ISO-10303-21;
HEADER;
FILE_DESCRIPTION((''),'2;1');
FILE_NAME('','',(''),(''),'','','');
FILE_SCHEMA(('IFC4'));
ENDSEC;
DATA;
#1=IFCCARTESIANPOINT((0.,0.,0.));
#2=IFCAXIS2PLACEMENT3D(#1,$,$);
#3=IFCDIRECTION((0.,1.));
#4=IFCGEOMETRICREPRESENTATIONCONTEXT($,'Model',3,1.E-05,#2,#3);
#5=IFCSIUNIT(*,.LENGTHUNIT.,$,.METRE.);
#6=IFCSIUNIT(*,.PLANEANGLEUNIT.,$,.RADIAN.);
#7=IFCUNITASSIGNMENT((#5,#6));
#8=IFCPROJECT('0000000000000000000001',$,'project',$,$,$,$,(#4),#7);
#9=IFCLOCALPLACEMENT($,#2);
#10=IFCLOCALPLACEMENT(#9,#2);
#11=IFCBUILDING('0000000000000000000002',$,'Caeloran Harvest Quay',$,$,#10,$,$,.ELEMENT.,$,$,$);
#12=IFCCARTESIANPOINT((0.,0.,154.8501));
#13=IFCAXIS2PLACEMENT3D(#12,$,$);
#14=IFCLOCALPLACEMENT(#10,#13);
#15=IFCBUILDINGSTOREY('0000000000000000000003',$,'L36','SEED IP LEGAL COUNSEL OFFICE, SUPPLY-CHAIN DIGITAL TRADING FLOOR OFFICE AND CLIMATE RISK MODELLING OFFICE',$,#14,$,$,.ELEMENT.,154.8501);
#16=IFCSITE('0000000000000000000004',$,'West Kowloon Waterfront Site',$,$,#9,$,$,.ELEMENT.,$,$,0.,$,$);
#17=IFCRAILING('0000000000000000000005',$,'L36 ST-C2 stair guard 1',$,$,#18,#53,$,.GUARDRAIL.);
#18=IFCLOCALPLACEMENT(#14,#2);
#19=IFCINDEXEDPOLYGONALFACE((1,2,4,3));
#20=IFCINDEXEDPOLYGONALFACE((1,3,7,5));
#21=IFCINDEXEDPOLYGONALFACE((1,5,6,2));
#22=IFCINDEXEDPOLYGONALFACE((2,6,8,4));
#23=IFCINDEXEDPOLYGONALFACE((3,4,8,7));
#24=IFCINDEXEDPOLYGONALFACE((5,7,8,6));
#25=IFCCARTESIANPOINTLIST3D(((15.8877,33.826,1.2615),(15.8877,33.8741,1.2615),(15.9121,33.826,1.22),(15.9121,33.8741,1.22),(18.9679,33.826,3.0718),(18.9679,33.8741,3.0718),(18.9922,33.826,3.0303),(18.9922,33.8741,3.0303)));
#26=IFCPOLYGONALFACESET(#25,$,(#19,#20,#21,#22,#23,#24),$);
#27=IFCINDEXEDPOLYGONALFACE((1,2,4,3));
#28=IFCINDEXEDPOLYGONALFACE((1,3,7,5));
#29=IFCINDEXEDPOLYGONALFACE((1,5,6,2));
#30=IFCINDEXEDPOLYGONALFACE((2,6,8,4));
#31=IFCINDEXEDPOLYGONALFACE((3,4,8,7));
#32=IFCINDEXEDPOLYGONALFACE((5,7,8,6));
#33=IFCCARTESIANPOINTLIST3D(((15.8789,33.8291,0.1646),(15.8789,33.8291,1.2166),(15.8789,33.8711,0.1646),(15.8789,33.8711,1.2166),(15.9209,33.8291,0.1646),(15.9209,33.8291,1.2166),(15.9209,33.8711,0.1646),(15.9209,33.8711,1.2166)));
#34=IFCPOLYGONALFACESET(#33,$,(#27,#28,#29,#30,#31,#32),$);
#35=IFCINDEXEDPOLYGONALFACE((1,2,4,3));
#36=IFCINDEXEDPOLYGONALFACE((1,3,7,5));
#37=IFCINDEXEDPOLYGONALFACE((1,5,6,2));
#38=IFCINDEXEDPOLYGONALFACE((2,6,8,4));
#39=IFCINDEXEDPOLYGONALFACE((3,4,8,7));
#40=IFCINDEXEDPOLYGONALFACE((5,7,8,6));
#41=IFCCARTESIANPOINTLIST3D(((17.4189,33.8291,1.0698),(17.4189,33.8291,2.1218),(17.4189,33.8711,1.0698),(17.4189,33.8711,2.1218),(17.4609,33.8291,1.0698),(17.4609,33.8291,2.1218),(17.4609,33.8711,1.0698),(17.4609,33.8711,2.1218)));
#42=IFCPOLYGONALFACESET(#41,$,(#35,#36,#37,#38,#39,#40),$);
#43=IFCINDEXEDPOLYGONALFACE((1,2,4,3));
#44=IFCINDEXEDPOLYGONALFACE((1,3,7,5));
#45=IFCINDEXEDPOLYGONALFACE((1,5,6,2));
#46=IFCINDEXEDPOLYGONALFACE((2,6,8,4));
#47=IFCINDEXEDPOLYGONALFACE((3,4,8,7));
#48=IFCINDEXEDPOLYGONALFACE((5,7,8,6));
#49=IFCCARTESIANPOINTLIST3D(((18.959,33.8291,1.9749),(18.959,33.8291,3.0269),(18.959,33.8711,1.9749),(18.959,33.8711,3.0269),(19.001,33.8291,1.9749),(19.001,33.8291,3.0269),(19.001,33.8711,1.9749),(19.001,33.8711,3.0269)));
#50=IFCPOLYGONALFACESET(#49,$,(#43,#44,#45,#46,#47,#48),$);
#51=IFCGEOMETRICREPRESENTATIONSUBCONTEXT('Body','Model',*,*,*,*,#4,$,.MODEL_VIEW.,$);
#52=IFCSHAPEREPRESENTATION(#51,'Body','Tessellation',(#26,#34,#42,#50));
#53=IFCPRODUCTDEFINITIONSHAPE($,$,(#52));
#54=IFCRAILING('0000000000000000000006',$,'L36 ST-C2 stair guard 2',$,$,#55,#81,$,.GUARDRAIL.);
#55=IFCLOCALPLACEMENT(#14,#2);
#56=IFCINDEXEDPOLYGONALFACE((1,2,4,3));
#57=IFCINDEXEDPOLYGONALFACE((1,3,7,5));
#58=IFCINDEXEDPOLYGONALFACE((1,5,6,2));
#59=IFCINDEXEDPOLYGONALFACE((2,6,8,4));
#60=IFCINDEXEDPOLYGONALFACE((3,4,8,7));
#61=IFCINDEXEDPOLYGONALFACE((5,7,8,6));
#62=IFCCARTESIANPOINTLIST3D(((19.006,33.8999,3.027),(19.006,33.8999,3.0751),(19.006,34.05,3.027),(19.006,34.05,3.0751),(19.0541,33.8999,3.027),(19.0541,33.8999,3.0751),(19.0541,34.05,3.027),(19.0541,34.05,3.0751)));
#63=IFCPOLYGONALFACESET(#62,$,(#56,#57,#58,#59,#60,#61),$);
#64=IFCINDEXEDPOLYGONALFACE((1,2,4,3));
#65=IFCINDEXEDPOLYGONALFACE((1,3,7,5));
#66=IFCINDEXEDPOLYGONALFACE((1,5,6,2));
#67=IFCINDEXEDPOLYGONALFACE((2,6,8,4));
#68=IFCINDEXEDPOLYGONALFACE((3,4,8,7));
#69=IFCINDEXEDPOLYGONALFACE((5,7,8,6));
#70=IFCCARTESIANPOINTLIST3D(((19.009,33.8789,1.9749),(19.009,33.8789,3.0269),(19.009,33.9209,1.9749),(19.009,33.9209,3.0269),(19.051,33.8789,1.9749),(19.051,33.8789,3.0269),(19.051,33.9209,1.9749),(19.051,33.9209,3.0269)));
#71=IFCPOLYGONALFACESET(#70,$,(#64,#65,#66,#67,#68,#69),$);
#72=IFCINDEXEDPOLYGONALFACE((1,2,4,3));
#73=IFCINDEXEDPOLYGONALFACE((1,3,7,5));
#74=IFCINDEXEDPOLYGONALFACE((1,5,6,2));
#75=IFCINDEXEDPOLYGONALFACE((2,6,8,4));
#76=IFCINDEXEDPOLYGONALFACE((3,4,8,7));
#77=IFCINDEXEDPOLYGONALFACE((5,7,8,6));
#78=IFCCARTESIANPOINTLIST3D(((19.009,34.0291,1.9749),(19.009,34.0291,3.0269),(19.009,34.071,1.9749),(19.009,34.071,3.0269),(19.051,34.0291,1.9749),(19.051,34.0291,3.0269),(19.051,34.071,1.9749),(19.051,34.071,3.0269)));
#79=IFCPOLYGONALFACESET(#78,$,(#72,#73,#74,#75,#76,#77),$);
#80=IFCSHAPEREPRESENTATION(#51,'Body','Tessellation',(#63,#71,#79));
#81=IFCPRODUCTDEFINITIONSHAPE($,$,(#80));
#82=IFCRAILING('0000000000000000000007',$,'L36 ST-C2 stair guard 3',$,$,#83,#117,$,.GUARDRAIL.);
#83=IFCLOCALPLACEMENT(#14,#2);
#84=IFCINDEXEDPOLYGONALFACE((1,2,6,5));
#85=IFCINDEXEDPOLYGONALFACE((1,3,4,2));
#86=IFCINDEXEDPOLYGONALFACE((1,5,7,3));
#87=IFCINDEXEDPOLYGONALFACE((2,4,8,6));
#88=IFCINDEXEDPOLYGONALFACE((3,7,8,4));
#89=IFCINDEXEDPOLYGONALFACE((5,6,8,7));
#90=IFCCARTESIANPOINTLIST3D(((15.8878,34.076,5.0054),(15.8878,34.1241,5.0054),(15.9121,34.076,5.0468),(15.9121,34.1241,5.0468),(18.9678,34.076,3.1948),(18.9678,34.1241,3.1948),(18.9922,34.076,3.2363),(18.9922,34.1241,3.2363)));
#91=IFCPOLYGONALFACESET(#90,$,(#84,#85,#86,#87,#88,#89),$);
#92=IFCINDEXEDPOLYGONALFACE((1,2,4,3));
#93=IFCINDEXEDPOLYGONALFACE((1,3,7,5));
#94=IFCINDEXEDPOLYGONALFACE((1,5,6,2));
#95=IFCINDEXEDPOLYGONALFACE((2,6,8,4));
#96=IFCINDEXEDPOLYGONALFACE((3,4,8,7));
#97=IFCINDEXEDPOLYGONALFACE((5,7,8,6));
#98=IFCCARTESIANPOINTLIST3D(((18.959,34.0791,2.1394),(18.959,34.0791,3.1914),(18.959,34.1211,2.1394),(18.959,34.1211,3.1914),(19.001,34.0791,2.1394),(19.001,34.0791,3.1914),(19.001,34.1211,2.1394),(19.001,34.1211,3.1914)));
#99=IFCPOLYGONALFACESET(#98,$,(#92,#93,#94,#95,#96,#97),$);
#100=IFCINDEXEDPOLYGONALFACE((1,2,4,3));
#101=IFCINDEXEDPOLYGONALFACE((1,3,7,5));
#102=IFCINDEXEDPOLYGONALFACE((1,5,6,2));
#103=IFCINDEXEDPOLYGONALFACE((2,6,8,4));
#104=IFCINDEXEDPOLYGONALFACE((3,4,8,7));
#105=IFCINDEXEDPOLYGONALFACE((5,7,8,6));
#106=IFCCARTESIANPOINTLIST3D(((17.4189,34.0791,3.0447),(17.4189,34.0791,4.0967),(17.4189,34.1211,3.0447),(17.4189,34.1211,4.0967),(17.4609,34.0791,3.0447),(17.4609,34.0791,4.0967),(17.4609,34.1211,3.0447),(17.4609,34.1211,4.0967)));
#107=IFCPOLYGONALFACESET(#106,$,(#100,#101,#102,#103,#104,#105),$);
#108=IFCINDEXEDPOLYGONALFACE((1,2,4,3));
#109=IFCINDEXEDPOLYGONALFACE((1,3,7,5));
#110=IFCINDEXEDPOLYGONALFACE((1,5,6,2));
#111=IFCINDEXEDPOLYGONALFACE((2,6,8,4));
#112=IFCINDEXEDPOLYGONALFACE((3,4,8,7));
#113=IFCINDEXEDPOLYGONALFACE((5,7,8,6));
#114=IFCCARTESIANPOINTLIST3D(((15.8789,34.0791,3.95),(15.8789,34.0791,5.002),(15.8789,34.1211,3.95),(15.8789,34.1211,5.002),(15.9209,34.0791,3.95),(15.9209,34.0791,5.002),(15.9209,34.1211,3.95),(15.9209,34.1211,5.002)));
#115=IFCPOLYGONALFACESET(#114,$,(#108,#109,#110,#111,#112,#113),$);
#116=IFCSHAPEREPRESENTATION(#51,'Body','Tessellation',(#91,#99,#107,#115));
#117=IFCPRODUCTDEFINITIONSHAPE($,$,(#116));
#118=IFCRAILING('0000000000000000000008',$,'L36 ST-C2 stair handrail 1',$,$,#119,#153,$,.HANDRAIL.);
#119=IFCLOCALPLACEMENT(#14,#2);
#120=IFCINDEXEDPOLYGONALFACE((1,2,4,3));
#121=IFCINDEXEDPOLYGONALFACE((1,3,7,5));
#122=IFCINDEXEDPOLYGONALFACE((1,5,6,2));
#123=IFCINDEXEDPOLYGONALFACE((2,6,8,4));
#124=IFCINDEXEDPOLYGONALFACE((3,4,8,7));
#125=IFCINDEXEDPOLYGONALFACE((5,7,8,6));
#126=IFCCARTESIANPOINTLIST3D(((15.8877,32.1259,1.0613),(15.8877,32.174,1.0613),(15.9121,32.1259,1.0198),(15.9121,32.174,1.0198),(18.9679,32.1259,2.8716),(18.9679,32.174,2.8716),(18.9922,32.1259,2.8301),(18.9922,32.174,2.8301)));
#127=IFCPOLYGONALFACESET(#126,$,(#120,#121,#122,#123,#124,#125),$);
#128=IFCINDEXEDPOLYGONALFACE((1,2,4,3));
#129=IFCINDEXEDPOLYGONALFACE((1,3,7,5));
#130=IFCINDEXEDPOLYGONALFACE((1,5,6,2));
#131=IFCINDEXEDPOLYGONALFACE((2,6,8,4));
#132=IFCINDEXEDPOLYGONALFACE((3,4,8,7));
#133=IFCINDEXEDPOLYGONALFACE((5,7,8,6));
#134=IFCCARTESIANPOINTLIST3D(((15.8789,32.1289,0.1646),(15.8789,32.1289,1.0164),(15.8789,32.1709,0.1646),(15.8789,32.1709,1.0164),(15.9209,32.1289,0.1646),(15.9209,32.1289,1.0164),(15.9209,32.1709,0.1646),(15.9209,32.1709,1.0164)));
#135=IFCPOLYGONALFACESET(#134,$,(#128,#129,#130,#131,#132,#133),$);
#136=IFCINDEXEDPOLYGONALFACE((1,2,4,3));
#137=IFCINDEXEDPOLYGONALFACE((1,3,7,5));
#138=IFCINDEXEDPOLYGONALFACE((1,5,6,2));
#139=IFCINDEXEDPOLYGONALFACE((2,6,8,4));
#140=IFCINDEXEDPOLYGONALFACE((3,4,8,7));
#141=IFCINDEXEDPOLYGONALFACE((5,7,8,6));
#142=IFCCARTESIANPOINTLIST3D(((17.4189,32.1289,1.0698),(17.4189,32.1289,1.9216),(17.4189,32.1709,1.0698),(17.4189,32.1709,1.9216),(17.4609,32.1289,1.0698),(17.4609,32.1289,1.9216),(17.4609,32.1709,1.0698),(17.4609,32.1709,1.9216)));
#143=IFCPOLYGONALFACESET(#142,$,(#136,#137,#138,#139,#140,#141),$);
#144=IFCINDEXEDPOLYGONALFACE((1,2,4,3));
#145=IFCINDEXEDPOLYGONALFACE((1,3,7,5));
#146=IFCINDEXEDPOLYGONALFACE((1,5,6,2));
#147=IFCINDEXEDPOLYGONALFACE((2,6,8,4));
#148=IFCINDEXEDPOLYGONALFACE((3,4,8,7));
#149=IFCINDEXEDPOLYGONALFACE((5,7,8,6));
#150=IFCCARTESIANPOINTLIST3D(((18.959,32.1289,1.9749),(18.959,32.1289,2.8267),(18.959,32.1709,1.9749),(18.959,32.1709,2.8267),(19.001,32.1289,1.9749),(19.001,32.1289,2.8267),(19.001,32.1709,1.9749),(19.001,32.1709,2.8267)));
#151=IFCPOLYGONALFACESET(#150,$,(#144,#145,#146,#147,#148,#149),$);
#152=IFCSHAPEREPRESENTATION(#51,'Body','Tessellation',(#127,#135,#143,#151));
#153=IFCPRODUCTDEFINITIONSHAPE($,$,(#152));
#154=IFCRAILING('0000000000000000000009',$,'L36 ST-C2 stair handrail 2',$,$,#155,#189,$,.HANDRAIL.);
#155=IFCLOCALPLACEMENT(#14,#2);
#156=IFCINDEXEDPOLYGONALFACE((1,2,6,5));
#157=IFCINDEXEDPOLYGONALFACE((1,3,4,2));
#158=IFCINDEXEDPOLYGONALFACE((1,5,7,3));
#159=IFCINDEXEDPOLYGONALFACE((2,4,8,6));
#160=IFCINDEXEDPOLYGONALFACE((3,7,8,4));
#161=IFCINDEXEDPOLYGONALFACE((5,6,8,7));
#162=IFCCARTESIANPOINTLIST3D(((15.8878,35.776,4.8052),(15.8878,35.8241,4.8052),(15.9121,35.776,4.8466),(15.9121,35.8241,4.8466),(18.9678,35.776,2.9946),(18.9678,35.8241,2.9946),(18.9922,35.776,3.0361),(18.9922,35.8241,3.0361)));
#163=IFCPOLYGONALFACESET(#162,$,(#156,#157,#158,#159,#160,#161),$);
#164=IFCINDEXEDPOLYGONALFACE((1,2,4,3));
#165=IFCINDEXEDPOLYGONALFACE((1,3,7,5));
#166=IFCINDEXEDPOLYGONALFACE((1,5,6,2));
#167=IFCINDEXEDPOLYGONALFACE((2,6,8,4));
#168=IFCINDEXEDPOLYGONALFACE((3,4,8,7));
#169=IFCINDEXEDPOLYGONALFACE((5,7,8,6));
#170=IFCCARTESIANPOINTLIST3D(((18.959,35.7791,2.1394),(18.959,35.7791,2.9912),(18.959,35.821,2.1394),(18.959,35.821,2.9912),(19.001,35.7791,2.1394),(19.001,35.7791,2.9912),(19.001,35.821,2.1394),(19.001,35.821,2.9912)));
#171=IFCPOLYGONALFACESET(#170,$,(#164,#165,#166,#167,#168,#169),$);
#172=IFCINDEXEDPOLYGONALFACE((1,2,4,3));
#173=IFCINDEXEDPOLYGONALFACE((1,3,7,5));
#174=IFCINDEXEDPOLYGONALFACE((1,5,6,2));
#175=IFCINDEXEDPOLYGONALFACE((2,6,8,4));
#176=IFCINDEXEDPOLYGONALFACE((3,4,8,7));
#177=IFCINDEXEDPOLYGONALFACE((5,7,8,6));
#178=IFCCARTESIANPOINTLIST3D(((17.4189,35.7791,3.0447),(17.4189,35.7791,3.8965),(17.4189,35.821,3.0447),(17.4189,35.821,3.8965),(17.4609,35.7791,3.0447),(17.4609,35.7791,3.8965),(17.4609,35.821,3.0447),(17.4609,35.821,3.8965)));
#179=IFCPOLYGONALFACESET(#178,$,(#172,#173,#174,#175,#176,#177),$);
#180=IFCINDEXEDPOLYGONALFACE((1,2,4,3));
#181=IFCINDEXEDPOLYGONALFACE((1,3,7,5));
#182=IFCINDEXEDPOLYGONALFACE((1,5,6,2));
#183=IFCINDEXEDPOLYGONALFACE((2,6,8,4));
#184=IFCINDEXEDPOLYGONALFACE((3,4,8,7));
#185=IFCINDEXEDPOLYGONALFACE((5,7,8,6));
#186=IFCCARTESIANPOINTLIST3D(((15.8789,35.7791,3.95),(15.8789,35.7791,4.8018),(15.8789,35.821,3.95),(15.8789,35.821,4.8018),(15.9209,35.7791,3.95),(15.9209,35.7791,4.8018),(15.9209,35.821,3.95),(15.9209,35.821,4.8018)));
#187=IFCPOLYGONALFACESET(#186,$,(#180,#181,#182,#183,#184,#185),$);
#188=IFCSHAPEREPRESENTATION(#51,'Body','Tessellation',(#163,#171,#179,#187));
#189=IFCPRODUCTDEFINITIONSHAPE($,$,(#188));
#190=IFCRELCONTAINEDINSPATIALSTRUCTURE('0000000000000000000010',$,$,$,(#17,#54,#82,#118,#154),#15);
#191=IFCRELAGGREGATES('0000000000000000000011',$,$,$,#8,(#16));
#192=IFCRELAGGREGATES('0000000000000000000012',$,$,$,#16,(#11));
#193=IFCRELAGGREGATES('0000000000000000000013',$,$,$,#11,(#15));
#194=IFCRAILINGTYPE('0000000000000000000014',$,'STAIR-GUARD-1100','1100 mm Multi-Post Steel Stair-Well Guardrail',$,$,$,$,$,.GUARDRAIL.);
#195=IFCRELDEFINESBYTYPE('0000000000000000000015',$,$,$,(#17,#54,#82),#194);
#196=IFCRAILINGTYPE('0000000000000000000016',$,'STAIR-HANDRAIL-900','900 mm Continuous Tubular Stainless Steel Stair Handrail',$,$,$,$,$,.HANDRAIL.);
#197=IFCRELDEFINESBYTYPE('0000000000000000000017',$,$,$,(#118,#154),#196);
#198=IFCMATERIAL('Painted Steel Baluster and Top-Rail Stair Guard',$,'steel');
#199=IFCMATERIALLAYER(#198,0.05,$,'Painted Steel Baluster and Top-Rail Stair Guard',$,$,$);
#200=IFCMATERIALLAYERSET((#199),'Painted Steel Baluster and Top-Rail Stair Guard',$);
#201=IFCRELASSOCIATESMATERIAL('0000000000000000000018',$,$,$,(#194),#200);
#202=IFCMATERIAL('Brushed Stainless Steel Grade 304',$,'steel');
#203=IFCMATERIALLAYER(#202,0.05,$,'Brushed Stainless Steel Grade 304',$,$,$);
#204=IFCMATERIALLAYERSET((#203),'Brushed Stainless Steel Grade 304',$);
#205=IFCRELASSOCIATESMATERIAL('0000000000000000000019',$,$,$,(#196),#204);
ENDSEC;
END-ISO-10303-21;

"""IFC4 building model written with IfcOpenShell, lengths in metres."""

from ifc_helpers import new_model, si_unit, direction, frame, origin, origin_2d, place, context, subcontext, project, spatial, rectangle, extrude, material, layer, layer_set, type_object, element, save


model = new_model("IFC4")

# Units and contexts
model_context = context("Model", 3, precision=1e-05, world=origin(), true_north=direction((0.0, 1.0)))
body_context = subcontext(model_context, "Body", "Model", "MODEL_VIEW")
ifc_project = project(units=[si_unit("LENGTHUNIT", "METRE"), si_unit("PLANEANGLEUNIT", "RADIAN")], contexts=[model_context])

# Site, building, storey
site_placement = place(None, origin())
site = spatial("IfcSite", under=ifc_project, at=site_placement, Name="West Kowloon Waterfront Site", CompositionType="ELEMENT", RefElevation=0.0)
building_placement = place(site_placement, origin())
building = spatial("IfcBuilding", under=site, at=building_placement, Name="Caeloran Harvest Quay", CompositionType="ELEMENT")
storey_placement = place(building_placement, frame((0.0, 0.0, 154.8501)))
storey = spatial("IfcBuildingStorey", under=building, at=storey_placement, Name="L36", Description="SEED IP LEGAL COUNSEL OFFICE, SUPPLY-CHAIN DIGITAL TRADING FLOOR OFFICE AND CLIMATE RISK MODELLING OFFICE", CompositionType="ELEMENT", Elevation=154.8501)

# Railings
ifc_material_1 = material(Name="Painted Steel Baluster and Top-Rail Stair Guard", Category="steel")
ifc_layer_1 = layer(ifc_material_1, 0.05, Name="Painted Steel Baluster and Top-Rail Stair Guard")
ifc_layer_set_1 = layer_set([ifc_layer_1], Name="Painted Steel Baluster and Top-Rail Stair Guard")
railing_type_1 = type_object("IfcRailingType", Name="STAIR-GUARD-1100", Description="1100 mm Multi-Post Steel Stair-Well Guardrail", PredefinedType="GUARDRAIL", material=ifc_layer_set_1)
railing_1_placement = place(storey_placement, frame((15.8999, 33.8501, 0.1646)))
element("IfcRailing", 1, at=railing_1_placement, inside=storey, type_object=railing_type_1, Name="L36 ST-C2 stair guard 1", PredefinedType="GUARDRAIL", context=body_context, shape_type="SweptSolid", body=[
    extrude(rectangle(XDim=0.0481, YDim=0.0481, at=origin_2d()), frame((0.0, 0.0, 1.0762), z_axis=(0.862119, 0.0, 0.506707), x_axis=(0.0, 1.0, 0.0)), (0.0, 0.0, 1.0), 3.5728),
    extrude(rectangle(XDim=0.042, YDim=0.042, at=origin_2d()), origin(), (0.0, 0.0, 1.0), 1.052),
    extrude(rectangle(XDim=0.042, YDim=0.042, at=origin_2d()), frame((1.54, 0.0, 0.9053)), (0.0, 0.0, 1.0), 1.052),
    extrude(rectangle(XDim=0.042, YDim=0.042, at=origin_2d()), frame((3.0801, 0.0, 1.8103)), (0.0, 0.0, 1.0), 1.052),
])
railing_2_placement = place(storey_placement, frame((19.03, 33.8999, 1.9749)))
element("IfcRailing", 2, at=railing_2_placement, inside=storey, type_object=railing_type_1, Name="L36 ST-C2 stair guard 2", PredefinedType="GUARDRAIL", context=body_context, shape_type="SweptSolid", body=[
    extrude(rectangle(XDim=0.0481, YDim=0.0481, at=origin_2d()), frame((0.0, 0.0, 1.0762), z_axis=(0.0, 1.0, 0.0), x_axis=(-1.0, 0.0, 0.0)), (0.0, 0.0, 1.0), 0.1501),
    extrude(rectangle(XDim=0.042, YDim=0.042, at=origin_2d()), origin(), (0.0, 0.0, 1.0), 1.052),
    extrude(rectangle(XDim=0.042, YDim=0.042, at=origin_2d()), frame((0.0, 0.1501, 0.0)), (0.0, 0.0, 1.0), 1.052),
])
railing_3_placement = place(storey_placement, frame((18.98, 34.1001, 2.1394)))
element("IfcRailing", 3, at=railing_3_placement, inside=storey, type_object=railing_type_1, Name="L36 ST-C2 stair guard 3", PredefinedType="GUARDRAIL", context=body_context, shape_type="SweptSolid", body=[
    extrude(rectangle(XDim=0.0481, YDim=0.0481, at=origin_2d()), frame((0.0, 0.0, 1.0762), z_axis=(-0.862089, 0.0, 0.506757), x_axis=(0.0, -1.0, 0.0)), (0.0, 0.0, 1.0), 3.5728),
    extrude(rectangle(XDim=0.042, YDim=0.042, at=origin_2d()), origin(), (0.0, 0.0, 1.0), 1.052),
    extrude(rectangle(XDim=0.042, YDim=0.042, at=origin_2d()), frame((-1.54, 0.0, 0.9053)), (0.0, 0.0, 1.0), 1.052),
    extrude(rectangle(XDim=0.042, YDim=0.042, at=origin_2d()), frame((-3.0801, 0.0, 1.8105)), (0.0, 0.0, 1.0), 1.052),
])
ifc_material_2 = material(Name="Brushed Stainless Steel Grade 304", Category="steel")
ifc_layer_2 = layer(ifc_material_2, 0.05, Name="Brushed Stainless Steel Grade 304")
ifc_layer_set_2 = layer_set([ifc_layer_2], Name="Brushed Stainless Steel Grade 304")
railing_type_2 = type_object("IfcRailingType", Name="STAIR-HANDRAIL-900", Description="900 mm Continuous Tubular Stainless Steel Stair Handrail", PredefinedType="HANDRAIL", material=ifc_layer_set_2)
railing_4_placement = place(storey_placement, frame((15.8999, 32.1499, 0.1646)))
element("IfcRailing", 4, at=railing_4_placement, inside=storey, type_object=railing_type_2, Name="L36 ST-C2 stair handrail 1", PredefinedType="HANDRAIL", context=body_context, shape_type="SweptSolid", body=[
    extrude(rectangle(XDim=0.0481, YDim=0.0481, at=origin_2d()), frame((0.0, 0.0, 0.876), z_axis=(0.862119, 0.0, 0.506707), x_axis=(0.0, 1.0, 0.0)), (0.0, 0.0, 1.0), 3.5728),
    extrude(rectangle(XDim=0.042, YDim=0.042, at=origin_2d()), origin(), (0.0, 0.0, 1.0), 0.8518),
    extrude(rectangle(XDim=0.042, YDim=0.042, at=origin_2d()), frame((1.54, 0.0, 0.9053)), (0.0, 0.0, 1.0), 0.8518),
    extrude(rectangle(XDim=0.042, YDim=0.042, at=origin_2d()), frame((3.0801, 0.0, 1.8103)), (0.0, 0.0, 1.0), 0.8518),
])
railing_5_placement = place(storey_placement, frame((18.98, 35.8, 2.1394)))
element("IfcRailing", 5, at=railing_5_placement, inside=storey, type_object=railing_type_2, Name="L36 ST-C2 stair handrail 2", PredefinedType="HANDRAIL", context=body_context, shape_type="SweptSolid", body=[
    extrude(rectangle(XDim=0.0481, YDim=0.0481, at=origin_2d()), frame((0.0, 0.0, 0.876), z_axis=(-0.862089, 0.0, 0.506757), x_axis=(0.0, -1.0, 0.0)), (0.0, 0.0, 1.0), 3.5728),
    extrude(rectangle(XDim=0.042, YDim=0.042, at=origin_2d()), origin(), (0.0, 0.0, 1.0), 0.8518),
    extrude(rectangle(XDim=0.042, YDim=0.042, at=origin_2d()), frame((-1.54, 0.0, 0.9053)), (0.0, 0.0, 1.0), 0.8518),
    extrude(rectangle(XDim=0.042, YDim=0.042, at=origin_2d()), frame((-3.0801, 0.0, 1.8105)), (0.0, 0.0, 1.0), 0.8518),
])

save(model, "model.ifc")
